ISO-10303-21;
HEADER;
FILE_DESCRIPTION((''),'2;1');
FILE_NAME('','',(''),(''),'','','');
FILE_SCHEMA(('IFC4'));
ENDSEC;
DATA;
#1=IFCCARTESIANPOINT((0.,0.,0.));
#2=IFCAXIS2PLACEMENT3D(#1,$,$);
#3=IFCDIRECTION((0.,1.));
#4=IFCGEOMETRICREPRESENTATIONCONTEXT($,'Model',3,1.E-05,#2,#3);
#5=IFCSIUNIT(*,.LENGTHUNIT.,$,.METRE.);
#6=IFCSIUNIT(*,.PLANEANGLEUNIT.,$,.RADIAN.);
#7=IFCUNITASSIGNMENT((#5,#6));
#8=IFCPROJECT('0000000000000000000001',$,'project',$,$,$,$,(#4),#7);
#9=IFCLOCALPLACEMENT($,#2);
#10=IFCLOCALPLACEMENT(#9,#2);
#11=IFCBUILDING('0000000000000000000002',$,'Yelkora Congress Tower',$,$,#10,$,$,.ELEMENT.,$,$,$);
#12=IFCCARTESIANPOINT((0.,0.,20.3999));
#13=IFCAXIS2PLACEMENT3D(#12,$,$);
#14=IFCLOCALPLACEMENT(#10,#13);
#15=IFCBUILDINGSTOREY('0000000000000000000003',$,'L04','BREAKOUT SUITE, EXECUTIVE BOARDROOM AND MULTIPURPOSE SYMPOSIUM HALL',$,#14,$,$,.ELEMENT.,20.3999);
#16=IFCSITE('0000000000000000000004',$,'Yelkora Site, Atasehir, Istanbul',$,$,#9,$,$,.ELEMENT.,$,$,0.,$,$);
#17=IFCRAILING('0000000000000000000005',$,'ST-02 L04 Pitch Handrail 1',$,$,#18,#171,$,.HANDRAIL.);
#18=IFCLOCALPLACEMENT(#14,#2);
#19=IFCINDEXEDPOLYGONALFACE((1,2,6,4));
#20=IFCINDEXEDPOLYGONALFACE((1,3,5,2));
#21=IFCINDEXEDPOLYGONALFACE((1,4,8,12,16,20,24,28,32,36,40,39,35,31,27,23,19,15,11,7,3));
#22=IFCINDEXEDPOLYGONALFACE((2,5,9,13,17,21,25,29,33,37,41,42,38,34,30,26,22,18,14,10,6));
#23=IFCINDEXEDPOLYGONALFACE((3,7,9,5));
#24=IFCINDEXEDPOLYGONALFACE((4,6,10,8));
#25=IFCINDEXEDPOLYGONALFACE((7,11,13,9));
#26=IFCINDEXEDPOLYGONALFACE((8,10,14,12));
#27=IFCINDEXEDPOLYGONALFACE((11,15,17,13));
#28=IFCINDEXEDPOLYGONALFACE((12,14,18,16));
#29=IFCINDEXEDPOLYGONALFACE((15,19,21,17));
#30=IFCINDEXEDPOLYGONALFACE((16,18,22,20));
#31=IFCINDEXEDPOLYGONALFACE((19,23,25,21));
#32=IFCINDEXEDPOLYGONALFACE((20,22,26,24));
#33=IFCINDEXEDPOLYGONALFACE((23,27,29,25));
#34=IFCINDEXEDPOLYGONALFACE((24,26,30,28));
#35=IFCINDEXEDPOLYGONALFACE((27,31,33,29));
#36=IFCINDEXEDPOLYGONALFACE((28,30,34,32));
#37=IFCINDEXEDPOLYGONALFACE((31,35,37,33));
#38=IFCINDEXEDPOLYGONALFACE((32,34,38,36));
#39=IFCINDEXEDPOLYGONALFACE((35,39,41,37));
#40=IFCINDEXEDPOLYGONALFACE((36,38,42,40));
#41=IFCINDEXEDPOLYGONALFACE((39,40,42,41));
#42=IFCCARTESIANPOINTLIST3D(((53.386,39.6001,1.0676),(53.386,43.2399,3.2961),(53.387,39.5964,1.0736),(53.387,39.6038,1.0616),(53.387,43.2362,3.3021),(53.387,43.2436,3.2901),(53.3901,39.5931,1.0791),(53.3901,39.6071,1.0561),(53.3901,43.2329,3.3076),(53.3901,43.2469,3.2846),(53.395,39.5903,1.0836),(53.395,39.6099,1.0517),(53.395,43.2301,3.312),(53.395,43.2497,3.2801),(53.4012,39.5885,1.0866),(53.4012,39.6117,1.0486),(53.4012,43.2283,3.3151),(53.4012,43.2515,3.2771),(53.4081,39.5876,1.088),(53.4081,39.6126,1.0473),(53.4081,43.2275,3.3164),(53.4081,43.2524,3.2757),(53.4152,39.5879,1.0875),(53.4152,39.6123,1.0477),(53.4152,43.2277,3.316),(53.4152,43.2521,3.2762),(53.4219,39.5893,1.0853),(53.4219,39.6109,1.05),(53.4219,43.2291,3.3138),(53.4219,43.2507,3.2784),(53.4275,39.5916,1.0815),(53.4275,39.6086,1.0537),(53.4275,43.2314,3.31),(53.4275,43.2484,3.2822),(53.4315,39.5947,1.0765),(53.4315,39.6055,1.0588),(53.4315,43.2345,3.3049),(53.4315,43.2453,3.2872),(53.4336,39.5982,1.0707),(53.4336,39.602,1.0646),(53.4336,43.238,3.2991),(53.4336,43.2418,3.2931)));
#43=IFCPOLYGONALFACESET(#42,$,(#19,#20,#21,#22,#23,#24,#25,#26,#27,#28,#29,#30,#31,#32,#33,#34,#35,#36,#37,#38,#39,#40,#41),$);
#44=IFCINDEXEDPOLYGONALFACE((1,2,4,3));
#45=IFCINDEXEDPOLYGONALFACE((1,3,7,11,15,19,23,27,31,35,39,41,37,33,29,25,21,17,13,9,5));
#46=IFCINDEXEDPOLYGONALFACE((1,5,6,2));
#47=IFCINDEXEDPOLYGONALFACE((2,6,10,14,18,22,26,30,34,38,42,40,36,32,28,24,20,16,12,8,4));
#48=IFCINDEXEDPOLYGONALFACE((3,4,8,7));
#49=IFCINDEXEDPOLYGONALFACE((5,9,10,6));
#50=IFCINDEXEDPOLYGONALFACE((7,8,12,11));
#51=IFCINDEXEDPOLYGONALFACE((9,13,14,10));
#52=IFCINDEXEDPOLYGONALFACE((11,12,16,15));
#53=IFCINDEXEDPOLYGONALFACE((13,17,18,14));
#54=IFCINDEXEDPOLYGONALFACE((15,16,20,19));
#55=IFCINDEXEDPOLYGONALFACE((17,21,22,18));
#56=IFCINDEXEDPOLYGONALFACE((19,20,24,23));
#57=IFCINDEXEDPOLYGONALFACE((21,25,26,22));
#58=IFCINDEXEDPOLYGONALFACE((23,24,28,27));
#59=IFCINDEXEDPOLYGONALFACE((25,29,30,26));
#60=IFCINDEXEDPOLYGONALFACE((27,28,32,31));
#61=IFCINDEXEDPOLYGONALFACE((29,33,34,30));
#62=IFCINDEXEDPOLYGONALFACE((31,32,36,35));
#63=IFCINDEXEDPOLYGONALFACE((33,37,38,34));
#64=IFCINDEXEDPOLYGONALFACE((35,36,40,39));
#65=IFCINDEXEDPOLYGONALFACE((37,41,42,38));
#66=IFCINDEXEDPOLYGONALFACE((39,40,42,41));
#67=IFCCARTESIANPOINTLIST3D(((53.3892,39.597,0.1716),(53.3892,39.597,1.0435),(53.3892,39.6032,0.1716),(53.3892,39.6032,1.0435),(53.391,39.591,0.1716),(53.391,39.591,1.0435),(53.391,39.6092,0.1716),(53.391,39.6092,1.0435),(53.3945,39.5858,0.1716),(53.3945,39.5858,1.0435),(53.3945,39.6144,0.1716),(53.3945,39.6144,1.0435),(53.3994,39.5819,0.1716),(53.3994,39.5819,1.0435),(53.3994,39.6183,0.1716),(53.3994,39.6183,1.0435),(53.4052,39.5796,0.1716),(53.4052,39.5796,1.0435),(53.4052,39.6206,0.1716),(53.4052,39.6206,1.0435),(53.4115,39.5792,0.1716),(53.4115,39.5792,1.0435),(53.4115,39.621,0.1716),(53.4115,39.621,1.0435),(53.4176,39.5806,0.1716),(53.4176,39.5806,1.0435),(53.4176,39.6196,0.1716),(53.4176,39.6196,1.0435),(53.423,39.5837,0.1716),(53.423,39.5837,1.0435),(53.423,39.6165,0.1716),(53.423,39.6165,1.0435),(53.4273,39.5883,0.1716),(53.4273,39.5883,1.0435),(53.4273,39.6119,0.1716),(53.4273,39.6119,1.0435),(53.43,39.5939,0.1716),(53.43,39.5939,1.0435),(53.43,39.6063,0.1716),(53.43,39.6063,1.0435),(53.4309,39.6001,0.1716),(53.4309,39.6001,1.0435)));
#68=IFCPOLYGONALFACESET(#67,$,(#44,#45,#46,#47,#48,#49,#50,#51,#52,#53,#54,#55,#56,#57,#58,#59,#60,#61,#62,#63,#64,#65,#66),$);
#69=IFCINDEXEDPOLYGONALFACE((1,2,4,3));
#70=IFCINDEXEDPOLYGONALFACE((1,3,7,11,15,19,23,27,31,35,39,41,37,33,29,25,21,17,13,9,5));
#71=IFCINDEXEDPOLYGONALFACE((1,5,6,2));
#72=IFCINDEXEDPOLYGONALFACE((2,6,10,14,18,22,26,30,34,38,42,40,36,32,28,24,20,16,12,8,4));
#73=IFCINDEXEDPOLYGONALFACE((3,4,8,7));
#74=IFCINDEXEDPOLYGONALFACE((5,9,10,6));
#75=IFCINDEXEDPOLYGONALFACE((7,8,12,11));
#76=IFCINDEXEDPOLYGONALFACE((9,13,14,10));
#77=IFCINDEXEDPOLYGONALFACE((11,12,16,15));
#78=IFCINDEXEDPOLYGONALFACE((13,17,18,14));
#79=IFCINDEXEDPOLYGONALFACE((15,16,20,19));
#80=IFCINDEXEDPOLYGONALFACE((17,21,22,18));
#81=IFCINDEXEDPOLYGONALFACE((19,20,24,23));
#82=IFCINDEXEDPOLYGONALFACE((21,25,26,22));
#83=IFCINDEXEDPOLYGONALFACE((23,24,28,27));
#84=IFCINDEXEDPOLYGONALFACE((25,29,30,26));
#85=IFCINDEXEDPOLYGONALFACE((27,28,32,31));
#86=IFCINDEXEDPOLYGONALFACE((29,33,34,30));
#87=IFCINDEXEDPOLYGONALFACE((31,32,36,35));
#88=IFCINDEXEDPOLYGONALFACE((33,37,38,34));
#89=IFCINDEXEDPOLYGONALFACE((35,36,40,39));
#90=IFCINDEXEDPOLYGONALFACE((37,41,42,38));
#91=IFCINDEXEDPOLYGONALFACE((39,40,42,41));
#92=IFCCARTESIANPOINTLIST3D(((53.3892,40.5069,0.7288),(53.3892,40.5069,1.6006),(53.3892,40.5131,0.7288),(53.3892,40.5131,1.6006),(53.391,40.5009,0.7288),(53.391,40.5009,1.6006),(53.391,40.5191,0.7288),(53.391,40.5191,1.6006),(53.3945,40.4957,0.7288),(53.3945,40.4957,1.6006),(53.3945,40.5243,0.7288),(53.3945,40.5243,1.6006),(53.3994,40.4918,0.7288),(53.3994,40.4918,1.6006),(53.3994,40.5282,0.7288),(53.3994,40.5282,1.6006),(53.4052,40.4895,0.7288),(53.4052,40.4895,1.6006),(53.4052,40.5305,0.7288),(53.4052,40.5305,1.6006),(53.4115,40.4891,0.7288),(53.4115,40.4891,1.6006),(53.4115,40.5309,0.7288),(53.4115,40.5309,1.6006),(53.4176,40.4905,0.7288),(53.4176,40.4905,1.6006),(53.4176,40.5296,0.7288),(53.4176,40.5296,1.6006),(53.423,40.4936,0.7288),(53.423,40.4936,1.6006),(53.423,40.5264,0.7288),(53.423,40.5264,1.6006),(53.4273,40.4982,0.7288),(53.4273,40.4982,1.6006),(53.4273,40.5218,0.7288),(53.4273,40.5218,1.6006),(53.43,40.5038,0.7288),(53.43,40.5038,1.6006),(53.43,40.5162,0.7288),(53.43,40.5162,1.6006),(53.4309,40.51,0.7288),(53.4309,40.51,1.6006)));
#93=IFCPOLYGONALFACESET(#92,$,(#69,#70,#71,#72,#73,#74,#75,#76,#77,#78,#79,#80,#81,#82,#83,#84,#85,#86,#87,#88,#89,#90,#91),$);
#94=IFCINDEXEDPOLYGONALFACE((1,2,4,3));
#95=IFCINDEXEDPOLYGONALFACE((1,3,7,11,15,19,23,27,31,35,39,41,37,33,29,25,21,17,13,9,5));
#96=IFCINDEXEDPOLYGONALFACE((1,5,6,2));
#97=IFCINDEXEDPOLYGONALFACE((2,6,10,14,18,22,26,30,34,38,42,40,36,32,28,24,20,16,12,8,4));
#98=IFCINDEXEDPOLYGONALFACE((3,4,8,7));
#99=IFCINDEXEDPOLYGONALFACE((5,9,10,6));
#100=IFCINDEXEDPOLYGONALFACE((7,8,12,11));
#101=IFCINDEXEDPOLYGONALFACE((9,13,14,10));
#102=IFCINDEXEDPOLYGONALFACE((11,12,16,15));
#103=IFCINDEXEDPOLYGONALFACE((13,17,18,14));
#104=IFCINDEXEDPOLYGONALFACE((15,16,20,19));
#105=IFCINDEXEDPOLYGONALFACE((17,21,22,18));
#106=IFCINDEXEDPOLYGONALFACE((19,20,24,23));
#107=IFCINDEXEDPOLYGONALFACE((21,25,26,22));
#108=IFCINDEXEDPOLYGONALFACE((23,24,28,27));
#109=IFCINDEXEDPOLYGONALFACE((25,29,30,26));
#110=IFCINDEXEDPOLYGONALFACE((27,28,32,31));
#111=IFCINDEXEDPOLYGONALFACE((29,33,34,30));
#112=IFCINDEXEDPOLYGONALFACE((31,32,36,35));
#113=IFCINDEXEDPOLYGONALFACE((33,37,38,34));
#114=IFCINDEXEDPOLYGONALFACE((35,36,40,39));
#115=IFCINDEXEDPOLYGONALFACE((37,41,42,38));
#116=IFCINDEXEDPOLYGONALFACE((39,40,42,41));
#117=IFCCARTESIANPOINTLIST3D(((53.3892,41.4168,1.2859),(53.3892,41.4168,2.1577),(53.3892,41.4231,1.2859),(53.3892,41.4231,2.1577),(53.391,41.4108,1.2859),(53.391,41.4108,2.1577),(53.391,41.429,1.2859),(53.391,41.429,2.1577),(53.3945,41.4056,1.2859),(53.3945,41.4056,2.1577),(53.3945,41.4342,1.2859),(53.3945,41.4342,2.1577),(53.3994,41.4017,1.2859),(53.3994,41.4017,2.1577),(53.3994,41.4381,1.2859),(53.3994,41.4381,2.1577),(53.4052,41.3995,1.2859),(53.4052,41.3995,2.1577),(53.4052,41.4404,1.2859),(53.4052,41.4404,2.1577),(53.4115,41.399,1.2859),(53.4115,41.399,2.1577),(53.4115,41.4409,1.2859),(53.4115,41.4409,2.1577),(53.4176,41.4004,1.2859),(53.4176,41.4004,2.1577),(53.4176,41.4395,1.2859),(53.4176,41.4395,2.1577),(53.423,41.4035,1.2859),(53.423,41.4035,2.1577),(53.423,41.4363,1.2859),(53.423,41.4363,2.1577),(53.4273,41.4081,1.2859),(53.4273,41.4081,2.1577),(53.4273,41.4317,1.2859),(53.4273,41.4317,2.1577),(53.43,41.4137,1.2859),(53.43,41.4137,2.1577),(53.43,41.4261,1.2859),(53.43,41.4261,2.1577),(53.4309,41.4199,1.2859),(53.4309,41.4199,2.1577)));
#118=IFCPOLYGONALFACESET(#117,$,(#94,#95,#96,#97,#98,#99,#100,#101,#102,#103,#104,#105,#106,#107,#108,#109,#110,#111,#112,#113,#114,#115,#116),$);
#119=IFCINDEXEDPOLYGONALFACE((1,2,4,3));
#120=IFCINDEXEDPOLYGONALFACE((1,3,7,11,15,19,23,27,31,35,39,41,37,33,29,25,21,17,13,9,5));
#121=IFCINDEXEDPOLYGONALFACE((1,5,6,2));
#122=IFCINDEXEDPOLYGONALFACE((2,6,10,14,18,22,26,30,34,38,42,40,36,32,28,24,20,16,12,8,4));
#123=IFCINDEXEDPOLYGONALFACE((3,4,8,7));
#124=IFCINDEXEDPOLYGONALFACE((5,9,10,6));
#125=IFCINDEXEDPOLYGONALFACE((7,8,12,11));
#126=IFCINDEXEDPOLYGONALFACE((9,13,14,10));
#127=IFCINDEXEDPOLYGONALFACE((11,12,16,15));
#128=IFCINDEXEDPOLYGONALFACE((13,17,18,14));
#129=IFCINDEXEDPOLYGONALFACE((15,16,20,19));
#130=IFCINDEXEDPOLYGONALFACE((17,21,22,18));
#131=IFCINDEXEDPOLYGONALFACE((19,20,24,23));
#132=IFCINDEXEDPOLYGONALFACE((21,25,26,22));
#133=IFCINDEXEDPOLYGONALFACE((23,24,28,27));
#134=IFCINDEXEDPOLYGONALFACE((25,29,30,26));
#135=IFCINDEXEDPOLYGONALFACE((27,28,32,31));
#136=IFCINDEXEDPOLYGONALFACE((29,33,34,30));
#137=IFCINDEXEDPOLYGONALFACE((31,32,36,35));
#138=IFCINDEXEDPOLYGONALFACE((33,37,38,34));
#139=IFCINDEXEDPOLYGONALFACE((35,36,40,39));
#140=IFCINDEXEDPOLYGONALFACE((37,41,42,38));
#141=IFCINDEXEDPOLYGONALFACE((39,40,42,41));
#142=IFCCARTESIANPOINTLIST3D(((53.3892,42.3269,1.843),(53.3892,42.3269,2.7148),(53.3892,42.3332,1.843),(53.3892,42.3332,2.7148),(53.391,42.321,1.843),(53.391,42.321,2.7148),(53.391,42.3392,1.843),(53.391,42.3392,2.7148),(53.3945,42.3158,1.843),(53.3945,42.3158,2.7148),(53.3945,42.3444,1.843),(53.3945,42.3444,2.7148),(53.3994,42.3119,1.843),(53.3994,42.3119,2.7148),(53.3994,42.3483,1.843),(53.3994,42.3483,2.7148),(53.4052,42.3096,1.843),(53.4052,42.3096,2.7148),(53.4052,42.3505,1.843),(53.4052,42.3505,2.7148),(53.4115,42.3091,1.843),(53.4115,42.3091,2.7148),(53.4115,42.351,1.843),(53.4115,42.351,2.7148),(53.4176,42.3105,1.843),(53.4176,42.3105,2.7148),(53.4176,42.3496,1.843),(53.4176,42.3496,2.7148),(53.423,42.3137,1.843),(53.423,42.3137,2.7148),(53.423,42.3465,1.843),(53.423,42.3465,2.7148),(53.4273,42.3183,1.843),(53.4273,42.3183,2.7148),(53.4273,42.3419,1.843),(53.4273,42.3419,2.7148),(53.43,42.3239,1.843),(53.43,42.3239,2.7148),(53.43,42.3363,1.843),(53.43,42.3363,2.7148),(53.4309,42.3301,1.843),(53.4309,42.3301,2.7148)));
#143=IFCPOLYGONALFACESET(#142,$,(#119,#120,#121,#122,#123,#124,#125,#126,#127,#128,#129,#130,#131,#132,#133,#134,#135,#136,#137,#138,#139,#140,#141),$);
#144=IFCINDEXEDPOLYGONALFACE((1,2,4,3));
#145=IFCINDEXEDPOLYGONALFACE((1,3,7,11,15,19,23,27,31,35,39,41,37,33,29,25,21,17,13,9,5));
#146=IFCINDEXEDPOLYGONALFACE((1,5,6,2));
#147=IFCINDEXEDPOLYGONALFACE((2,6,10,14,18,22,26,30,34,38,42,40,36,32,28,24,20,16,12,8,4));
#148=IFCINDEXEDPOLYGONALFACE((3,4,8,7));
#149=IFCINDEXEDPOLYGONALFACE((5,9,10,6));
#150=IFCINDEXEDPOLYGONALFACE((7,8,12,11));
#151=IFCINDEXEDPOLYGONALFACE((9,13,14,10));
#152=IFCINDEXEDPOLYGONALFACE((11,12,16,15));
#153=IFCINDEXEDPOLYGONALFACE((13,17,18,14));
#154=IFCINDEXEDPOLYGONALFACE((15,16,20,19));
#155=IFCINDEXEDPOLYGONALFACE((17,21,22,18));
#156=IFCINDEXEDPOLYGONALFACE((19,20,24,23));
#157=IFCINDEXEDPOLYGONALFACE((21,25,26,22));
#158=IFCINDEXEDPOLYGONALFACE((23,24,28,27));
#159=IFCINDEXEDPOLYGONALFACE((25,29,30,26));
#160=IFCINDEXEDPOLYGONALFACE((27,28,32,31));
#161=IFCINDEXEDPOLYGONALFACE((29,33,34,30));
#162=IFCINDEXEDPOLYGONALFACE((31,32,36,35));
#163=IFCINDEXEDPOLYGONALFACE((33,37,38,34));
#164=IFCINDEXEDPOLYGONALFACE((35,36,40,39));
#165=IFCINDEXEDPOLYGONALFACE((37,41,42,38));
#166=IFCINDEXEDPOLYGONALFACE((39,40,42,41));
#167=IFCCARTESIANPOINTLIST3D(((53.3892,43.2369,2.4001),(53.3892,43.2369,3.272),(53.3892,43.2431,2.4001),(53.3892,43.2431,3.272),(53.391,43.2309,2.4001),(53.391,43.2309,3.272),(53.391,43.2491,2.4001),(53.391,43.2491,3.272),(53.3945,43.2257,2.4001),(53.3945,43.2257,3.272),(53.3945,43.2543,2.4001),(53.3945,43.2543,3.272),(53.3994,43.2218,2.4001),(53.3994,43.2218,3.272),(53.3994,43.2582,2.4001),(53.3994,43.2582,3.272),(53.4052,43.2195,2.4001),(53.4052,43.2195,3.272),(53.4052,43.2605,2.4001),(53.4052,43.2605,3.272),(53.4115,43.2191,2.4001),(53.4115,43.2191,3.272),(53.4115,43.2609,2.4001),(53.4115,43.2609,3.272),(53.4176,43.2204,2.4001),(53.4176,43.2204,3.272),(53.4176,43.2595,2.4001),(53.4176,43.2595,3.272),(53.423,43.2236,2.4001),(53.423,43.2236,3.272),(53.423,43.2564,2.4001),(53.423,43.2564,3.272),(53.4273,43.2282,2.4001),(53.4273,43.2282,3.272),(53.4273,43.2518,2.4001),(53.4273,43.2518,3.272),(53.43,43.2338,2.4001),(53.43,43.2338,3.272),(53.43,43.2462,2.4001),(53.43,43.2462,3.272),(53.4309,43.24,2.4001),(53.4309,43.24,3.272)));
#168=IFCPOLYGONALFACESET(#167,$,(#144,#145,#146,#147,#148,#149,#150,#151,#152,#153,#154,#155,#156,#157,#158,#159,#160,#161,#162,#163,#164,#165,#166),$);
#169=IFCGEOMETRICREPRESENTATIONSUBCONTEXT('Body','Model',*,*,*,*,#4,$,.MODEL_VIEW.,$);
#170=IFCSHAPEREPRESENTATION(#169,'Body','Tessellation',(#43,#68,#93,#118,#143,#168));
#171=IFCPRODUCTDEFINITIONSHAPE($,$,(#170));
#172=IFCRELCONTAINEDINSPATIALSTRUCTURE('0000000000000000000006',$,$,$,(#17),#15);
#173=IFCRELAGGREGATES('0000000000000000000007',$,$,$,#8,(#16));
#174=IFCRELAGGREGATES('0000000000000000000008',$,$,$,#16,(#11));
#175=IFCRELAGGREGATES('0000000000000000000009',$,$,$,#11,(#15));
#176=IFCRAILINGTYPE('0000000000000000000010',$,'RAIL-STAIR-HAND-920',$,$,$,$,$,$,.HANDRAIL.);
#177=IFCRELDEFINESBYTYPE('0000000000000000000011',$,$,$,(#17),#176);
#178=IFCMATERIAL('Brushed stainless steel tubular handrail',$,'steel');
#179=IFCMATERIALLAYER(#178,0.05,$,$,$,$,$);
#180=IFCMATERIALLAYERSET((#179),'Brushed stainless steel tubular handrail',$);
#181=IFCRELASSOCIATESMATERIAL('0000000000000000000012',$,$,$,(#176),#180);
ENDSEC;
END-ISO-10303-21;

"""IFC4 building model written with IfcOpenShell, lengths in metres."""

from ifc_helpers import new_model, si_unit, direction, frame, origin, origin_2d, place, context, subcontext, project, spatial, circle, extrude, material, layer, layer_set, type_object, element, save


model = new_model("IFC4")

# Units and contexts
model_context = context("Model", 3, precision=1e-05, world=origin(), true_north=direction((0.0, 1.0)))
body_context = subcontext(model_context, "Body", "Model", "MODEL_VIEW")
ifc_project = project(units=[si_unit("LENGTHUNIT", "METRE"), si_unit("PLANEANGLEUNIT", "RADIAN")], contexts=[model_context])

# Site, building, storey
site_placement = place(None, origin())
site = spatial("IfcSite", under=ifc_project, at=site_placement, Name="Yelkora Site, Atasehir, Istanbul", CompositionType="ELEMENT", RefElevation=0.0)
building_placement = place(site_placement, origin())
building = spatial("IfcBuilding", under=site, at=building_placement, Name="Yelkora Congress Tower", CompositionType="ELEMENT")
storey_placement = place(building_placement, frame((0.0, 0.0, 20.3999)))
storey = spatial("IfcBuildingStorey", under=building, at=storey_placement, Name="L04", Description="BREAKOUT SUITE, EXECUTIVE BOARDROOM AND MULTIPURPOSE SYMPOSIUM HALL", CompositionType="ELEMENT", Elevation=20.3999)

# Railing
ifc_material_1 = material(Name="Brushed stainless steel tubular handrail", Category="steel")
ifc_layer_1 = layer(ifc_material_1, 0.05)
ifc_layer_set_1 = layer_set([ifc_layer_1], Name="Brushed stainless steel tubular handrail")
railing_type_1 = type_object("IfcRailingType", Name="RAIL-STAIR-HAND-920", PredefinedType="HANDRAIL", material=ifc_layer_set_1)
railing_1_placement = place(storey_placement, frame((53.4099, 39.6001, 0.1716)))
element("IfcRailing", 1, at=railing_1_placement, inside=storey, type_object=railing_type_1, Name="ST-02 L04 Pitch Handrail 1", PredefinedType="HANDRAIL", context=body_context, shape_type="SweptSolid", body=[
    extrude(circle(Radius=0.0239, at=origin_2d()), frame((0.0, 0.0, 0.896), z_axis=(0.0, 0.85285, 0.522156), x_axis=(-1.0, 0.0, 0.0)), (0.0, 0.0, 1.0), 4.2678),
    extrude(circle(Radius=0.021, at=origin_2d()), origin(), (0.0, 0.0, 1.0), 0.8718),
    extrude(circle(Radius=0.021, at=origin_2d()), frame((0.0, 0.9099, 0.5571)), (0.0, 0.0, 1.0), 0.8718),
    extrude(circle(Radius=0.021, at=origin_2d()), frame((0.0, 1.8198, 1.1143)), (0.0, 0.0, 1.0), 0.8718),
    extrude(circle(Radius=0.021, at=origin_2d()), frame((0.0, 2.73, 1.6714)), (0.0, 0.0, 1.0), 0.8718),
    extrude(circle(Radius=0.021, at=origin_2d()), frame((0.0, 3.6399, 2.2285)), (0.0, 0.0, 1.0), 0.8718),
])

save(model, "model.ifc")
